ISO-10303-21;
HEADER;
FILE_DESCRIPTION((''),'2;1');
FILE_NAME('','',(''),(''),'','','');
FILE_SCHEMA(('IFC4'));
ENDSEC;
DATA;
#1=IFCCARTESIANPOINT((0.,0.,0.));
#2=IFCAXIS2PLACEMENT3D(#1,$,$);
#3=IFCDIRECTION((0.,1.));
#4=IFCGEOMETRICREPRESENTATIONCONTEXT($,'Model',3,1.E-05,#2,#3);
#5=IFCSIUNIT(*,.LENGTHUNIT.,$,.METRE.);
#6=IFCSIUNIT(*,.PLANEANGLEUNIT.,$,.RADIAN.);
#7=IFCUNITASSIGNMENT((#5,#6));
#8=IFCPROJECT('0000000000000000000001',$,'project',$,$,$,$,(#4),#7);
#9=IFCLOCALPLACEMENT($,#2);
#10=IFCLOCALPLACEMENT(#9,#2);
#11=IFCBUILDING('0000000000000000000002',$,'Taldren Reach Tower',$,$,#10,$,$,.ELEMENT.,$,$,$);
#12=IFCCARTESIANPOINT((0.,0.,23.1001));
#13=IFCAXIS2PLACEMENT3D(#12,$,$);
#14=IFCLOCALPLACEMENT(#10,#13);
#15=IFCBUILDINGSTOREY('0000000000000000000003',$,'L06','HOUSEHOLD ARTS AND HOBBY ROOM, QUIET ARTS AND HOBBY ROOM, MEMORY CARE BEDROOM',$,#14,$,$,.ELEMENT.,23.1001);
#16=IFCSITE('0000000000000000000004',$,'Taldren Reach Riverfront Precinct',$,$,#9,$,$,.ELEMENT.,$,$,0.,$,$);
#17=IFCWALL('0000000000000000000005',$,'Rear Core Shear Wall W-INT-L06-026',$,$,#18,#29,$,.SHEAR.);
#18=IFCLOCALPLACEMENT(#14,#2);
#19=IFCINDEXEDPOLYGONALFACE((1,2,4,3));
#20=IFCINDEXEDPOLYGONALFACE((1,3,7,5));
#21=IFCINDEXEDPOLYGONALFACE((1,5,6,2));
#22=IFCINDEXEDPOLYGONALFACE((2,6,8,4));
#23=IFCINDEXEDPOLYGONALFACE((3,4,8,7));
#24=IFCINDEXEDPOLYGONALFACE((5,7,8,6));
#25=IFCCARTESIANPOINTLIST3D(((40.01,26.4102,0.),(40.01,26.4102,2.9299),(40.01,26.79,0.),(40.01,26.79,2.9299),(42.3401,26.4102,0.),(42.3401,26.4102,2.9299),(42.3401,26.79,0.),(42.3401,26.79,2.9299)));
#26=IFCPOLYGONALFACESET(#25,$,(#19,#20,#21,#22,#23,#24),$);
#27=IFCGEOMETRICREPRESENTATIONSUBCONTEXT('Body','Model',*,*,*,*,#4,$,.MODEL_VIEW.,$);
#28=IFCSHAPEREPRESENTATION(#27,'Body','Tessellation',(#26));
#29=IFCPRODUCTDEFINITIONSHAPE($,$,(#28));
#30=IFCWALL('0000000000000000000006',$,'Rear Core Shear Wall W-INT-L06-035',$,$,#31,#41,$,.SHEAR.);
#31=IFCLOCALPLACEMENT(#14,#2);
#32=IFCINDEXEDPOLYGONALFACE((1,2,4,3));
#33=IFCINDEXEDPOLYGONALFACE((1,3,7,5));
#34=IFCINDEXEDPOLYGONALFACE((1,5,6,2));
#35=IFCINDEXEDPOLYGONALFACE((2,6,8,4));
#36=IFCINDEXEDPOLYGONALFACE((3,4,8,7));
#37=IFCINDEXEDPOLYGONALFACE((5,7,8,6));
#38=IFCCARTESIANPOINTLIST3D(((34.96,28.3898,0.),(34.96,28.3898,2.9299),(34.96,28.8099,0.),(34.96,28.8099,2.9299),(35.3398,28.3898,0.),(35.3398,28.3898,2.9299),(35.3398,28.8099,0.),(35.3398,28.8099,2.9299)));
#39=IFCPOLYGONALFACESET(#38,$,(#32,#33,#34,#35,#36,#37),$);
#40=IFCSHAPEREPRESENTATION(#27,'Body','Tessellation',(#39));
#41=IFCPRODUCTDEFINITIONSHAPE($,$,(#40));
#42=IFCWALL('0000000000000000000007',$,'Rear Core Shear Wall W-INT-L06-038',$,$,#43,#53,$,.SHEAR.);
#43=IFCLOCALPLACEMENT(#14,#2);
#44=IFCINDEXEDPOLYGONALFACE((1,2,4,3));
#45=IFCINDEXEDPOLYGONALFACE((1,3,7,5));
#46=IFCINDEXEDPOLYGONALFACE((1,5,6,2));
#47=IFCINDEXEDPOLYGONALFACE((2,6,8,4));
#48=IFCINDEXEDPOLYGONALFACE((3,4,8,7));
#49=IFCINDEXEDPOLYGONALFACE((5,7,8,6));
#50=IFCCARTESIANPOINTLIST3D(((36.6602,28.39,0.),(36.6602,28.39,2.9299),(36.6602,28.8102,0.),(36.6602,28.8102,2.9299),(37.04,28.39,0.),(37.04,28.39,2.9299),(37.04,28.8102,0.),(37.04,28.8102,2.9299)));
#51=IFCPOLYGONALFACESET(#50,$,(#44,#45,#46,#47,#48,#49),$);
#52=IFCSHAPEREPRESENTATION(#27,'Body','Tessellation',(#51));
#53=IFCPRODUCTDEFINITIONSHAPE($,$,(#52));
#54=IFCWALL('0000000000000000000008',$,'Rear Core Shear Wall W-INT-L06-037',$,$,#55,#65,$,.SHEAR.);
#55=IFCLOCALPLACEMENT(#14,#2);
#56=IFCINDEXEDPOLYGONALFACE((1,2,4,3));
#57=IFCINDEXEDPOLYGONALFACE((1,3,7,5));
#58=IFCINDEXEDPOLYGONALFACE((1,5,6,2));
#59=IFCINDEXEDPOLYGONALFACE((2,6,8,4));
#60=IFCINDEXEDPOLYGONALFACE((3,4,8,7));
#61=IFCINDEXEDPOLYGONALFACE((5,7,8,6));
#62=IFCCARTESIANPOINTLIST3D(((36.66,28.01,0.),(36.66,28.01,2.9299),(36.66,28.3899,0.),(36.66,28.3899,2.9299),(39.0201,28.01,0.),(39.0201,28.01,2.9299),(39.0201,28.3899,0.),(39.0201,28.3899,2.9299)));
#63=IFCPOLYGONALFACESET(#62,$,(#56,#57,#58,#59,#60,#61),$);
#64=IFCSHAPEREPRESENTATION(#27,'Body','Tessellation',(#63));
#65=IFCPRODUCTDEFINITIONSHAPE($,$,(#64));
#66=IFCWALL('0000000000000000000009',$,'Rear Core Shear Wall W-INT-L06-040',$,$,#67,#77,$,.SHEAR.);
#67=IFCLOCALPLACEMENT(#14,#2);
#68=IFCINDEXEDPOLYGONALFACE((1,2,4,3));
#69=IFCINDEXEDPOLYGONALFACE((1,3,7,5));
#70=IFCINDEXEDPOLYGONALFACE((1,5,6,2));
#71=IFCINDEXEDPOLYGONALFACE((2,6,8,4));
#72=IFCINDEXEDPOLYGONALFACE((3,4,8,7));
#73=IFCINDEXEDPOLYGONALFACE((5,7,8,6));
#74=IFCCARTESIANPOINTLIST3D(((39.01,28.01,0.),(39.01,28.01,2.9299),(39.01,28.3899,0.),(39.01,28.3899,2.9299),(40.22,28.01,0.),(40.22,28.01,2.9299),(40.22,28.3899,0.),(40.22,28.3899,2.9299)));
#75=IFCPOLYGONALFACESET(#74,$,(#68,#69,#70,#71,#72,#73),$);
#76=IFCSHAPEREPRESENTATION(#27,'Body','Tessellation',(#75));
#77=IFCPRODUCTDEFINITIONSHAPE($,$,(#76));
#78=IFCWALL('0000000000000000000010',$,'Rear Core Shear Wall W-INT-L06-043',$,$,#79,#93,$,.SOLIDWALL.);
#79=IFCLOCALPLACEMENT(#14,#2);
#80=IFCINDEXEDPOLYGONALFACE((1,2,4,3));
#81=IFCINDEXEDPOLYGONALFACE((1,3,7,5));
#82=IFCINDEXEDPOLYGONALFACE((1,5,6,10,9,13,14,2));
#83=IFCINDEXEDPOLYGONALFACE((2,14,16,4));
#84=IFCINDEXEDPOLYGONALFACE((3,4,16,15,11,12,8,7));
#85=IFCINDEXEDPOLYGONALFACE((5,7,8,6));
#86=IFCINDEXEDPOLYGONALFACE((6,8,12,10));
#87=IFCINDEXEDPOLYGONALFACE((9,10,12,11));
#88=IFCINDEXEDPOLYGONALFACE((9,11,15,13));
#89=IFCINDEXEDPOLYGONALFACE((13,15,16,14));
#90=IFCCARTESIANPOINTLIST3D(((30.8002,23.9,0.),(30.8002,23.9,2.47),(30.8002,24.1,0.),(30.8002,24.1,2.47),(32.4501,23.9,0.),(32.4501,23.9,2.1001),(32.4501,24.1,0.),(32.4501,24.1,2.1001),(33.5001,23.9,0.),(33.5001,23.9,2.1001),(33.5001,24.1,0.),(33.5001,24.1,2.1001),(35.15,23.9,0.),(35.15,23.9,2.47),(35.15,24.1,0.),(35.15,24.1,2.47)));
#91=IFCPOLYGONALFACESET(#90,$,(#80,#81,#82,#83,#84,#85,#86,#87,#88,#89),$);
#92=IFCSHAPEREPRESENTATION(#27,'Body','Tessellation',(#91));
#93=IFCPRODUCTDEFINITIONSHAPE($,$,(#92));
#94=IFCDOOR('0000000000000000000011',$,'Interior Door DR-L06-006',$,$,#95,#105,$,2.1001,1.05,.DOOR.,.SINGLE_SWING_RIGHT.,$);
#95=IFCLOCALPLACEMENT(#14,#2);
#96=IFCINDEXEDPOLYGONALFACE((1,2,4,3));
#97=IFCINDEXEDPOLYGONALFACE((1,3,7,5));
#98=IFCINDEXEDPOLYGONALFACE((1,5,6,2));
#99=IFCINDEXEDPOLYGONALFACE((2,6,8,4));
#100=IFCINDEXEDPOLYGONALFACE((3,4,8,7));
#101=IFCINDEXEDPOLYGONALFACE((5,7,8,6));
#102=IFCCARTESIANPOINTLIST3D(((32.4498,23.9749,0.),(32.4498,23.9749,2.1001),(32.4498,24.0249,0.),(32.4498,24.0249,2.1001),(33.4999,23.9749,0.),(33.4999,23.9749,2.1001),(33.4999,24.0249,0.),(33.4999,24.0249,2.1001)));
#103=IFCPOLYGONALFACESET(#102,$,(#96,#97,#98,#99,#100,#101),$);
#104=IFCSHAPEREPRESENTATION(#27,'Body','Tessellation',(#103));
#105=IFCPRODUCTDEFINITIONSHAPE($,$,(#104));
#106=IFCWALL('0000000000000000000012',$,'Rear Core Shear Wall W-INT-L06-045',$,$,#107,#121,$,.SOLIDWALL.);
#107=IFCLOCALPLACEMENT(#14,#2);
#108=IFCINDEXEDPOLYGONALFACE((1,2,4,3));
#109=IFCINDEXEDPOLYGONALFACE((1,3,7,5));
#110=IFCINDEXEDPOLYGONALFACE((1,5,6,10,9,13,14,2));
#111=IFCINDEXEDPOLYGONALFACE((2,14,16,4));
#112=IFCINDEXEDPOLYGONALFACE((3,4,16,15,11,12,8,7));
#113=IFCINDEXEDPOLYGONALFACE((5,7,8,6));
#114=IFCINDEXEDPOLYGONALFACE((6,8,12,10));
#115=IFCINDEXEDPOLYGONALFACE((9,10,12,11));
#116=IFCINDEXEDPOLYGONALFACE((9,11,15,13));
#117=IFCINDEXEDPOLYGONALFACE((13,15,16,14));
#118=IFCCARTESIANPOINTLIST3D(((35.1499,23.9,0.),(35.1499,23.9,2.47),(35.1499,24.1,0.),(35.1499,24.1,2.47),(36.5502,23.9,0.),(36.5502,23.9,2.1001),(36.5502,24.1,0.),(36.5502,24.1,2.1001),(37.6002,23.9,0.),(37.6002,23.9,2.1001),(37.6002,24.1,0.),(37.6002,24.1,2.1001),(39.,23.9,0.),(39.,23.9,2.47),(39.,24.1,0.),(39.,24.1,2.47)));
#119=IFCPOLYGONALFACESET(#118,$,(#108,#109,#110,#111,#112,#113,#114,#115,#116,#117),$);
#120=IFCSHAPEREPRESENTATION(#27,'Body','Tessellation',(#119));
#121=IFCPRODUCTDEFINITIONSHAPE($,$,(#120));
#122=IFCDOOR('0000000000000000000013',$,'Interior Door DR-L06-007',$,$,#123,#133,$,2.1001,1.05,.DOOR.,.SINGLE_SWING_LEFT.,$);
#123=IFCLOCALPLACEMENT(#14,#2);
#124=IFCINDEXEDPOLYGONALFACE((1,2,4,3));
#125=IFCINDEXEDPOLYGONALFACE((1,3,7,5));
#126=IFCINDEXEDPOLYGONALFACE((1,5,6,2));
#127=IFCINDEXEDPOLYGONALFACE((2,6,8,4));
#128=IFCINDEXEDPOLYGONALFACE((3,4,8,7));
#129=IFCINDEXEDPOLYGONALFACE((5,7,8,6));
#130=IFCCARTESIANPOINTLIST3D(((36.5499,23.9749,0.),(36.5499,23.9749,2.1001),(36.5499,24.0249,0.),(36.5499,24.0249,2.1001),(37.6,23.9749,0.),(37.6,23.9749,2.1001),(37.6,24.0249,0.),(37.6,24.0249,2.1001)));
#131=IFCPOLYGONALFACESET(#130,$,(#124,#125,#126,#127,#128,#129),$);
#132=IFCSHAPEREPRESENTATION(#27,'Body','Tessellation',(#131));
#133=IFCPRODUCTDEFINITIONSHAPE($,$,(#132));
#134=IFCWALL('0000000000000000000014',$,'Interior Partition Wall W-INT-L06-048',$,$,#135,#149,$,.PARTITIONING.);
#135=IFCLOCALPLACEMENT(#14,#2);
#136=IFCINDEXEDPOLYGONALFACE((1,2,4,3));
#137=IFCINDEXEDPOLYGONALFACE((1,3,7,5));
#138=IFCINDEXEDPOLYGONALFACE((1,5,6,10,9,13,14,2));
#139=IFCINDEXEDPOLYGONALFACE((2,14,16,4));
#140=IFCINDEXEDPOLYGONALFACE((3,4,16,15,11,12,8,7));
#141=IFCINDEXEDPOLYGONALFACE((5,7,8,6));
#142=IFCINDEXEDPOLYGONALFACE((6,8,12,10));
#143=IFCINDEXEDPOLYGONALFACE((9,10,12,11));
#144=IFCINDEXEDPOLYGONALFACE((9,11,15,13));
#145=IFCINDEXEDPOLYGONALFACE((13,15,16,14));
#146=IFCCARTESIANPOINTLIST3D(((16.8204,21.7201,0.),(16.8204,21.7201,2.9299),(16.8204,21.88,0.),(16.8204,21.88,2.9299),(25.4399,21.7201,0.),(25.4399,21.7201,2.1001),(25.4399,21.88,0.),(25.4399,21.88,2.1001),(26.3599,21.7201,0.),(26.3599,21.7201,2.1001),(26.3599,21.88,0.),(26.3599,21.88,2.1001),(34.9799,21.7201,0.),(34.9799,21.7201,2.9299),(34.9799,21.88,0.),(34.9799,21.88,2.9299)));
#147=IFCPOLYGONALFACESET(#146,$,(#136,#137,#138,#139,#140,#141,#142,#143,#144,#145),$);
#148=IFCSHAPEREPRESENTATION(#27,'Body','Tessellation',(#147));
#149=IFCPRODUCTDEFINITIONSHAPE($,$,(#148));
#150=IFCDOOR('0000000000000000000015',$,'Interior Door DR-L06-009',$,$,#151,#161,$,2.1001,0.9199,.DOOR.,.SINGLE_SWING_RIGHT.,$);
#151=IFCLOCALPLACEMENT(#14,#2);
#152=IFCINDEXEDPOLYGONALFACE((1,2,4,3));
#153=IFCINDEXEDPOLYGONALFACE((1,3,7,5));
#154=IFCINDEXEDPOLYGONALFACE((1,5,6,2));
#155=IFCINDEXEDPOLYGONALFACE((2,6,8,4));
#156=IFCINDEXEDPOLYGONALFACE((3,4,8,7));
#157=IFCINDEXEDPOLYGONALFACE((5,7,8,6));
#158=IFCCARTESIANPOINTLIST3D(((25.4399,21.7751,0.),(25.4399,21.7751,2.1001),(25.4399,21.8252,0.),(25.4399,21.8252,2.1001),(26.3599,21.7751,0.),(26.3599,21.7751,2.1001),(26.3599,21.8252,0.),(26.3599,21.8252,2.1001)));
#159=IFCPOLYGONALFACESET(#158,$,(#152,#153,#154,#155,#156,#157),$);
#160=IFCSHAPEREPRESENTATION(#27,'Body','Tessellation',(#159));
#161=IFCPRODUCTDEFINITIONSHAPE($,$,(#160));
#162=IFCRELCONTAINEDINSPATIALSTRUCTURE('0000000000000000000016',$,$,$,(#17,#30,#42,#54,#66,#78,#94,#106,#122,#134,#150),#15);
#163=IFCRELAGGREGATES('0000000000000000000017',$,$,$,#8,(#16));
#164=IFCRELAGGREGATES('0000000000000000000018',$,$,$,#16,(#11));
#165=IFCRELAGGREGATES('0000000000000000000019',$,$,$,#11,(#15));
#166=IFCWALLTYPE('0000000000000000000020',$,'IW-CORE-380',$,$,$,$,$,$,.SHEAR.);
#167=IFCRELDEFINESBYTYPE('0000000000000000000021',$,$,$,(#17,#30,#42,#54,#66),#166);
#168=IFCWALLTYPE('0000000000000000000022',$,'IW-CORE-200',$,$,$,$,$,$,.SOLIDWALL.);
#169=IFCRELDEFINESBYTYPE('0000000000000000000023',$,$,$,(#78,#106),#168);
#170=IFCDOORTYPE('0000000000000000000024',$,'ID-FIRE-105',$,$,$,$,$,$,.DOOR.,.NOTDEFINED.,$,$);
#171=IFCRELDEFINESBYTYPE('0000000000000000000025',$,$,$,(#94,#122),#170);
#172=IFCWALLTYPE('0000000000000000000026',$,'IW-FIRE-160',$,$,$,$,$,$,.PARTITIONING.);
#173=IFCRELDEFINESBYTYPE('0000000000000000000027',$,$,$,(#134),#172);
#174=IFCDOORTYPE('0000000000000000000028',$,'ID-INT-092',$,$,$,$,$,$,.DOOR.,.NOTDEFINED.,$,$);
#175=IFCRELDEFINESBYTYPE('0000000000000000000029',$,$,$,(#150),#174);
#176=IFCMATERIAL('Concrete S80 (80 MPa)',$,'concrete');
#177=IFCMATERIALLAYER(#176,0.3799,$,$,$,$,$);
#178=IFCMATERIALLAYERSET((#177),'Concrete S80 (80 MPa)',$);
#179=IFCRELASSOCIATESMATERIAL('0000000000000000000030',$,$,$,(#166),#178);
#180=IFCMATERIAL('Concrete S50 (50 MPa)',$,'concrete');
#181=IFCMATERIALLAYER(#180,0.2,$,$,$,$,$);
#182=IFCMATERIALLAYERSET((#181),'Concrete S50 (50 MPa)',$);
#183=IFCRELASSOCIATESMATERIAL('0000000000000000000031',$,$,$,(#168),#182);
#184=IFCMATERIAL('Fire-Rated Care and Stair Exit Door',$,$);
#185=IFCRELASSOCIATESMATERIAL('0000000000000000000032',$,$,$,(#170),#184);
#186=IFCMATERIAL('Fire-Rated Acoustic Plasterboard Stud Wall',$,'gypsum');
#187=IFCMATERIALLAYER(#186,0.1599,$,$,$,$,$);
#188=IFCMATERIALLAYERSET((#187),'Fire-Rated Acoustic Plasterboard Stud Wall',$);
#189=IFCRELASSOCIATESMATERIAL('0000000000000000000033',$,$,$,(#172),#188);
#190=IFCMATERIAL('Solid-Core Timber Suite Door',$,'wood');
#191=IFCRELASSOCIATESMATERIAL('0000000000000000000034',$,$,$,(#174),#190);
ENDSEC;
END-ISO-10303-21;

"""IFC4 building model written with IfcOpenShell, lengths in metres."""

from ifc_helpers import new_model, si_unit, direction, frame, frame_2d, origin, place, context, subcontext, project, spatial, rectangle, extrude, source, transform, mapped, material, layer, layer_set, type_object, element, fill, save


model = new_model("IFC4")

# Units and contexts
model_context = context("Model", 3, precision=1e-05, world=origin(), true_north=direction((0.0, 1.0)))
body_context = subcontext(model_context, "Body", "Model", "MODEL_VIEW")
ifc_project = project(units=[si_unit("LENGTHUNIT", "METRE"), si_unit("PLANEANGLEUNIT", "RADIAN")], contexts=[model_context])

# Site, building, storey
site_placement = place(None, origin())
site = spatial("IfcSite", under=ifc_project, at=site_placement, Name="Taldren Reach Riverfront Precinct", CompositionType="ELEMENT", RefElevation=0.0)
building_placement = place(site_placement, origin())
building = spatial("IfcBuilding", under=site, at=building_placement, Name="Taldren Reach Tower", CompositionType="ELEMENT")
storey_placement = place(building_placement, frame((0.0, 0.0, 23.1001)))
storey = spatial("IfcBuildingStorey", under=building, at=storey_placement, Name="L06", Description="HOUSEHOLD ARTS AND HOBBY ROOM, QUIET ARTS AND HOBBY ROOM, MEMORY CARE BEDROOM", CompositionType="ELEMENT", Elevation=23.1001)

# Walls
ifc_material_1 = material(Name="Concrete S80 (80 MPa)", Category="concrete")
ifc_layer_1 = layer(ifc_material_1, 0.3799)
ifc_layer_set_1 = layer_set([ifc_layer_1], Name="Concrete S80 (80 MPa)")
wall_type_1 = type_object("IfcWallType", Name="IW-CORE-380", PredefinedType="SHEAR", material=ifc_layer_set_1)
ifc_material_2 = material(Name="Concrete S50 (50 MPa)", Category="concrete")
ifc_layer_2 = layer(ifc_material_2, 0.2)
ifc_layer_set_2 = layer_set([ifc_layer_2], Name="Concrete S50 (50 MPa)")
wall_type_2 = type_object("IfcWallType", Name="IW-CORE-200", PredefinedType="SOLIDWALL", material=ifc_layer_set_2)
shared_shape_1 = source(origin(), body_context, "Body", "SweptSolid", [
    extrude(rectangle(XDim=2.3301, YDim=0.3799, at=frame_2d((1.165, 0.0))), origin(), (0.0, 0.0, 1.0), 2.9299),
])
wall_1_placement = place(storey_placement, frame((40.01, 26.6001, 0.0), z_axis=(0.0, 0.0, 1.0), x_axis=(1.0, 0.0, 0.0)))
element("IfcWall", 1, at=wall_1_placement, inside=storey, type_object=wall_type_1, Name="Rear Core Shear Wall W-INT-L06-026", PredefinedType="SHEAR", context=body_context, shape_type="MappedRepresentation", body=[
    mapped(shared_shape_1, transform((0.0, 0.0, 0.0), scale=1.0)),
])
shared_shape_2 = source(origin(), body_context, "Body", "SweptSolid", [
    extrude(rectangle(XDim=0.4202, YDim=0.3799, at=frame_2d((0.21, 0.0))), origin(), (0.0, 0.0, 1.0), 2.9299),
])
for number, where, z_axis, x_axis, name in (
    (2, (35.1499, 28.3899, 0.0), (0.0, 0.0, 1.0), (0.0, 1.0, 0.0), "Rear Core Shear Wall W-INT-L06-035"),
    (3, (36.8501, 28.8101, 0.0), (0.0, 0.0, 1.0), (0.0, -1.0, 0.0), "Rear Core Shear Wall W-INT-L06-038"),
):
    element("IfcWall", number, at=place(storey_placement, frame(where, z_axis=z_axis, x_axis=x_axis)), inside=storey, type_object=wall_type_1, Name=name, PredefinedType="SHEAR", context=body_context, shape_type="MappedRepresentation", body=[
        mapped(shared_shape_2, transform((0.0, 0.0, 0.0), scale=1.0)),
    ])
shared_shape_3 = source(origin(), body_context, "Body", "SweptSolid", [
    extrude(rectangle(XDim=2.3601, YDim=0.3799, at=frame_2d((1.1802, 0.0))), origin(), (0.0, 0.0, 1.0), 2.9299),
])
wall_2_placement = place(storey_placement, frame((36.6599, 28.2, 0.0), z_axis=(0.0, 0.0, 1.0), x_axis=(1.0, 0.0, 0.0)))
element("IfcWall", 4, at=wall_2_placement, inside=storey, type_object=wall_type_1, Name="Rear Core Shear Wall W-INT-L06-037", PredefinedType="SHEAR", context=body_context, shape_type="MappedRepresentation", body=[
    mapped(shared_shape_3, transform((0.0, 0.0, 0.0), scale=1.0)),
])
shared_shape_4 = source(origin(), body_context, "Body", "SweptSolid", [
    extrude(rectangle(XDim=1.21, YDim=0.3799, at=frame_2d((0.605, 0.0))), origin(), (0.0, 0.0, 1.0), 2.9299),
])
wall_3_placement = place(storey_placement, frame((39.01, 28.2, 0.0), z_axis=(0.0, 0.0, 1.0), x_axis=(1.0, 0.0, 0.0)))
element("IfcWall", 5, at=wall_3_placement, inside=storey, type_object=wall_type_1, Name="Rear Core Shear Wall W-INT-L06-040", PredefinedType="SHEAR", context=body_context, shape_type="MappedRepresentation", body=[
    mapped(shared_shape_4, transform((0.0, 0.0, 0.0), scale=1.0)),
])

# Walls, openings, doors
shared_shape_5 = source(origin(), body_context, "Body", "SweptSolid", [
    extrude(rectangle(XDim=4.3499, YDim=0.2, at=frame_2d((2.1748, 0.0))), origin(), (0.0, 0.0, 1.0), 2.47),
])
wall_4_placement = place(storey_placement, frame((35.1499, 24.0, 0.0), z_axis=(0.0, 0.0, 1.0), x_axis=(-1.0, 0.0, 0.0)))
wall_4 = element("IfcWall", 6, at=wall_4_placement, inside=storey, type_object=wall_type_2, Name="Rear Core Shear Wall W-INT-L06-043", PredefinedType="SOLIDWALL", context=body_context, shape_type="MappedRepresentation", body=[
    mapped(shared_shape_5, transform((0.0, 0.0, 0.0), scale=1.0)),
])
shared_shape_6 = source(origin(), body_context, "Body", "SweptSolid", [
    extrude(rectangle(XDim=1.05, YDim=2.1001, at=frame_2d((0.5249, 1.05))), frame((0.0, 0.1099, 0.0), z_axis=(0.0, -1.0, 0.0), x_axis=(1.0, 0.0, 0.0)), (0.0, 0.0, 1.0), 0.22),
])
opening_1_placement = place(wall_4_placement, frame((1.6499, 0.0, 0.0)))
opening_1 = element("IfcOpeningElement", 7, at=opening_1_placement, cuts=wall_4, PredefinedType="OPENING", context=body_context, shape_type="MappedRepresentation", body=[
    mapped(shared_shape_6, transform((0.0, 0.0, 0.0), scale=1.0)),
])
ifc_material_3 = material(Name="Fire-Rated Care and Stair Exit Door")
door_type_1 = type_object("IfcDoorType", Name="ID-FIRE-105", OperationType="NOTDEFINED", PredefinedType="DOOR", material=ifc_material_3)
shared_shape_7 = source(origin(), body_context, "Body", "SweptSolid", [
    extrude(rectangle(XDim=1.05, YDim=2.1001, at=frame_2d((0.5249, 1.05))), frame((0.0, 0.0249, 0.0), z_axis=(0.0, -1.0, 0.0), x_axis=(1.0, 0.0, 0.0)), (0.0, 0.0, 1.0), 0.05),
])
door_1_placement = place(opening_1_placement, frame((1.05, 0.0, 0.0), z_axis=(0.0, 0.0, 1.0), x_axis=(-1.0, 0.0, 0.0)))
door_1 = element("IfcDoor", 8, at=door_1_placement, inside=storey, type_object=door_type_1, Name="Interior Door DR-L06-006", OperationType="SINGLE_SWING_RIGHT", OverallHeight=2.1001, OverallWidth=1.05, PredefinedType="DOOR", context=body_context, shape_type="MappedRepresentation", body=[
    mapped(shared_shape_7, transform((0.0, 0.0, 0.0), scale=1.0)),
])
fill(opening_1, door_1)
shared_shape_8 = source(origin(), body_context, "Body", "SweptSolid", [
    extrude(rectangle(XDim=3.8501, YDim=0.2, at=frame_2d((1.925, 0.0))), origin(), (0.0, 0.0, 1.0), 2.47),
])
wall_5_placement = place(storey_placement, frame((39.0, 24.0, 0.0), z_axis=(0.0, 0.0, 1.0), x_axis=(-1.0, 0.0, 0.0)))
wall_5 = element("IfcWall", 9, at=wall_5_placement, inside=storey, type_object=wall_type_2, Name="Rear Core Shear Wall W-INT-L06-045", PredefinedType="SOLIDWALL", context=body_context, shape_type="MappedRepresentation", body=[
    mapped(shared_shape_8, transform((0.0, 0.0, 0.0), scale=1.0)),
])
opening_2_placement = place(wall_5_placement, frame((1.3999, 0.0, 0.0)))
opening_2 = element("IfcOpeningElement", 10, at=opening_2_placement, cuts=wall_5, PredefinedType="OPENING", context=body_context, shape_type="MappedRepresentation", body=[
    mapped(shared_shape_6, transform((0.0, 0.0, 0.0), scale=1.0)),
])
door_2_placement = place(opening_2_placement, frame((1.05, 0.0, 0.0), z_axis=(0.0, 0.0, 1.0), x_axis=(-1.0, 0.0, 0.0)))
door_2 = element("IfcDoor", 11, at=door_2_placement, inside=storey, type_object=door_type_1, Name="Interior Door DR-L06-007", OperationType="SINGLE_SWING_LEFT", OverallHeight=2.1001, OverallWidth=1.05, PredefinedType="DOOR", context=body_context, shape_type="MappedRepresentation", body=[
    mapped(shared_shape_7, transform((0.0, 0.0, 0.0), scale=1.0)),
])
fill(opening_2, door_2)
ifc_material_4 = material(Name="Fire-Rated Acoustic Plasterboard Stud Wall", Category="gypsum")
ifc_layer_3 = layer(ifc_material_4, 0.1599)
ifc_layer_set_3 = layer_set([ifc_layer_3], Name="Fire-Rated Acoustic Plasterboard Stud Wall")
wall_type_3 = type_object("IfcWallType", Name="IW-FIRE-160", PredefinedType="PARTITIONING", material=ifc_layer_set_3)
shared_shape_9 = source(origin(), body_context, "Body", "SweptSolid", [
    extrude(rectangle(XDim=18.1594, YDim=0.1599, at=frame_2d((9.0796, 0.0))), origin(), (0.0, 0.0, 1.0), 2.9299),
])
wall_6_placement = place(storey_placement, frame((34.9797, 21.8, 0.0), z_axis=(0.0, 0.0, 1.0), x_axis=(-1.0, 0.0, 0.0)))
wall_6 = element("IfcWall", 12, at=wall_6_placement, inside=storey, type_object=wall_type_3, Name="Interior Partition Wall W-INT-L06-048", PredefinedType="PARTITIONING", context=body_context, shape_type="MappedRepresentation", body=[
    mapped(shared_shape_9, transform((0.0, 0.0, 0.0), scale=1.0)),
])
shared_shape_10 = source(origin(), body_context, "Body", "SweptSolid", [
    extrude(rectangle(XDim=0.9199, YDim=2.1001, at=frame_2d((0.46, 1.05))), frame((0.0, 0.0898, 0.0), z_axis=(0.0, -1.0, 0.0), x_axis=(1.0, 0.0, 0.0)), (0.0, 0.0, 1.0), 0.1799),
])
opening_3_placement = place(wall_6_placement, frame((8.6199, 0.0, 0.0)))
opening_3 = element("IfcOpeningElement", 13, at=opening_3_placement, cuts=wall_6, PredefinedType="OPENING", context=body_context, shape_type="MappedRepresentation", body=[
    mapped(shared_shape_10, transform((0.0, 0.0, 0.0), scale=1.0)),
])
ifc_material_5 = material(Name="Solid-Core Timber Suite Door", Category="wood")
door_type_2 = type_object("IfcDoorType", Name="ID-INT-092", OperationType="NOTDEFINED", PredefinedType="DOOR", material=ifc_material_5)
shared_shape_11 = source(origin(), body_context, "Body", "SweptSolid", [
    extrude(rectangle(XDim=0.9199, YDim=2.1001, at=frame_2d((0.46, 1.05))), frame((0.0, 0.0249, 0.0), z_axis=(0.0, -1.0, 0.0), x_axis=(1.0, 0.0, 0.0)), (0.0, 0.0, 1.0), 0.05),
])
door_3_placement = place(opening_3_placement, origin())
door_3 = element("IfcDoor", 14, at=door_3_placement, inside=storey, type_object=door_type_2, Name="Interior Door DR-L06-009", OperationType="SINGLE_SWING_RIGHT", OverallHeight=2.1001, OverallWidth=0.9199, PredefinedType="DOOR", context=body_context, shape_type="MappedRepresentation", body=[
    mapped(shared_shape_11, transform((0.0, 0.0, 0.0), scale=1.0)),
])
fill(opening_3, door_3)

save(model, "model.ifc")
